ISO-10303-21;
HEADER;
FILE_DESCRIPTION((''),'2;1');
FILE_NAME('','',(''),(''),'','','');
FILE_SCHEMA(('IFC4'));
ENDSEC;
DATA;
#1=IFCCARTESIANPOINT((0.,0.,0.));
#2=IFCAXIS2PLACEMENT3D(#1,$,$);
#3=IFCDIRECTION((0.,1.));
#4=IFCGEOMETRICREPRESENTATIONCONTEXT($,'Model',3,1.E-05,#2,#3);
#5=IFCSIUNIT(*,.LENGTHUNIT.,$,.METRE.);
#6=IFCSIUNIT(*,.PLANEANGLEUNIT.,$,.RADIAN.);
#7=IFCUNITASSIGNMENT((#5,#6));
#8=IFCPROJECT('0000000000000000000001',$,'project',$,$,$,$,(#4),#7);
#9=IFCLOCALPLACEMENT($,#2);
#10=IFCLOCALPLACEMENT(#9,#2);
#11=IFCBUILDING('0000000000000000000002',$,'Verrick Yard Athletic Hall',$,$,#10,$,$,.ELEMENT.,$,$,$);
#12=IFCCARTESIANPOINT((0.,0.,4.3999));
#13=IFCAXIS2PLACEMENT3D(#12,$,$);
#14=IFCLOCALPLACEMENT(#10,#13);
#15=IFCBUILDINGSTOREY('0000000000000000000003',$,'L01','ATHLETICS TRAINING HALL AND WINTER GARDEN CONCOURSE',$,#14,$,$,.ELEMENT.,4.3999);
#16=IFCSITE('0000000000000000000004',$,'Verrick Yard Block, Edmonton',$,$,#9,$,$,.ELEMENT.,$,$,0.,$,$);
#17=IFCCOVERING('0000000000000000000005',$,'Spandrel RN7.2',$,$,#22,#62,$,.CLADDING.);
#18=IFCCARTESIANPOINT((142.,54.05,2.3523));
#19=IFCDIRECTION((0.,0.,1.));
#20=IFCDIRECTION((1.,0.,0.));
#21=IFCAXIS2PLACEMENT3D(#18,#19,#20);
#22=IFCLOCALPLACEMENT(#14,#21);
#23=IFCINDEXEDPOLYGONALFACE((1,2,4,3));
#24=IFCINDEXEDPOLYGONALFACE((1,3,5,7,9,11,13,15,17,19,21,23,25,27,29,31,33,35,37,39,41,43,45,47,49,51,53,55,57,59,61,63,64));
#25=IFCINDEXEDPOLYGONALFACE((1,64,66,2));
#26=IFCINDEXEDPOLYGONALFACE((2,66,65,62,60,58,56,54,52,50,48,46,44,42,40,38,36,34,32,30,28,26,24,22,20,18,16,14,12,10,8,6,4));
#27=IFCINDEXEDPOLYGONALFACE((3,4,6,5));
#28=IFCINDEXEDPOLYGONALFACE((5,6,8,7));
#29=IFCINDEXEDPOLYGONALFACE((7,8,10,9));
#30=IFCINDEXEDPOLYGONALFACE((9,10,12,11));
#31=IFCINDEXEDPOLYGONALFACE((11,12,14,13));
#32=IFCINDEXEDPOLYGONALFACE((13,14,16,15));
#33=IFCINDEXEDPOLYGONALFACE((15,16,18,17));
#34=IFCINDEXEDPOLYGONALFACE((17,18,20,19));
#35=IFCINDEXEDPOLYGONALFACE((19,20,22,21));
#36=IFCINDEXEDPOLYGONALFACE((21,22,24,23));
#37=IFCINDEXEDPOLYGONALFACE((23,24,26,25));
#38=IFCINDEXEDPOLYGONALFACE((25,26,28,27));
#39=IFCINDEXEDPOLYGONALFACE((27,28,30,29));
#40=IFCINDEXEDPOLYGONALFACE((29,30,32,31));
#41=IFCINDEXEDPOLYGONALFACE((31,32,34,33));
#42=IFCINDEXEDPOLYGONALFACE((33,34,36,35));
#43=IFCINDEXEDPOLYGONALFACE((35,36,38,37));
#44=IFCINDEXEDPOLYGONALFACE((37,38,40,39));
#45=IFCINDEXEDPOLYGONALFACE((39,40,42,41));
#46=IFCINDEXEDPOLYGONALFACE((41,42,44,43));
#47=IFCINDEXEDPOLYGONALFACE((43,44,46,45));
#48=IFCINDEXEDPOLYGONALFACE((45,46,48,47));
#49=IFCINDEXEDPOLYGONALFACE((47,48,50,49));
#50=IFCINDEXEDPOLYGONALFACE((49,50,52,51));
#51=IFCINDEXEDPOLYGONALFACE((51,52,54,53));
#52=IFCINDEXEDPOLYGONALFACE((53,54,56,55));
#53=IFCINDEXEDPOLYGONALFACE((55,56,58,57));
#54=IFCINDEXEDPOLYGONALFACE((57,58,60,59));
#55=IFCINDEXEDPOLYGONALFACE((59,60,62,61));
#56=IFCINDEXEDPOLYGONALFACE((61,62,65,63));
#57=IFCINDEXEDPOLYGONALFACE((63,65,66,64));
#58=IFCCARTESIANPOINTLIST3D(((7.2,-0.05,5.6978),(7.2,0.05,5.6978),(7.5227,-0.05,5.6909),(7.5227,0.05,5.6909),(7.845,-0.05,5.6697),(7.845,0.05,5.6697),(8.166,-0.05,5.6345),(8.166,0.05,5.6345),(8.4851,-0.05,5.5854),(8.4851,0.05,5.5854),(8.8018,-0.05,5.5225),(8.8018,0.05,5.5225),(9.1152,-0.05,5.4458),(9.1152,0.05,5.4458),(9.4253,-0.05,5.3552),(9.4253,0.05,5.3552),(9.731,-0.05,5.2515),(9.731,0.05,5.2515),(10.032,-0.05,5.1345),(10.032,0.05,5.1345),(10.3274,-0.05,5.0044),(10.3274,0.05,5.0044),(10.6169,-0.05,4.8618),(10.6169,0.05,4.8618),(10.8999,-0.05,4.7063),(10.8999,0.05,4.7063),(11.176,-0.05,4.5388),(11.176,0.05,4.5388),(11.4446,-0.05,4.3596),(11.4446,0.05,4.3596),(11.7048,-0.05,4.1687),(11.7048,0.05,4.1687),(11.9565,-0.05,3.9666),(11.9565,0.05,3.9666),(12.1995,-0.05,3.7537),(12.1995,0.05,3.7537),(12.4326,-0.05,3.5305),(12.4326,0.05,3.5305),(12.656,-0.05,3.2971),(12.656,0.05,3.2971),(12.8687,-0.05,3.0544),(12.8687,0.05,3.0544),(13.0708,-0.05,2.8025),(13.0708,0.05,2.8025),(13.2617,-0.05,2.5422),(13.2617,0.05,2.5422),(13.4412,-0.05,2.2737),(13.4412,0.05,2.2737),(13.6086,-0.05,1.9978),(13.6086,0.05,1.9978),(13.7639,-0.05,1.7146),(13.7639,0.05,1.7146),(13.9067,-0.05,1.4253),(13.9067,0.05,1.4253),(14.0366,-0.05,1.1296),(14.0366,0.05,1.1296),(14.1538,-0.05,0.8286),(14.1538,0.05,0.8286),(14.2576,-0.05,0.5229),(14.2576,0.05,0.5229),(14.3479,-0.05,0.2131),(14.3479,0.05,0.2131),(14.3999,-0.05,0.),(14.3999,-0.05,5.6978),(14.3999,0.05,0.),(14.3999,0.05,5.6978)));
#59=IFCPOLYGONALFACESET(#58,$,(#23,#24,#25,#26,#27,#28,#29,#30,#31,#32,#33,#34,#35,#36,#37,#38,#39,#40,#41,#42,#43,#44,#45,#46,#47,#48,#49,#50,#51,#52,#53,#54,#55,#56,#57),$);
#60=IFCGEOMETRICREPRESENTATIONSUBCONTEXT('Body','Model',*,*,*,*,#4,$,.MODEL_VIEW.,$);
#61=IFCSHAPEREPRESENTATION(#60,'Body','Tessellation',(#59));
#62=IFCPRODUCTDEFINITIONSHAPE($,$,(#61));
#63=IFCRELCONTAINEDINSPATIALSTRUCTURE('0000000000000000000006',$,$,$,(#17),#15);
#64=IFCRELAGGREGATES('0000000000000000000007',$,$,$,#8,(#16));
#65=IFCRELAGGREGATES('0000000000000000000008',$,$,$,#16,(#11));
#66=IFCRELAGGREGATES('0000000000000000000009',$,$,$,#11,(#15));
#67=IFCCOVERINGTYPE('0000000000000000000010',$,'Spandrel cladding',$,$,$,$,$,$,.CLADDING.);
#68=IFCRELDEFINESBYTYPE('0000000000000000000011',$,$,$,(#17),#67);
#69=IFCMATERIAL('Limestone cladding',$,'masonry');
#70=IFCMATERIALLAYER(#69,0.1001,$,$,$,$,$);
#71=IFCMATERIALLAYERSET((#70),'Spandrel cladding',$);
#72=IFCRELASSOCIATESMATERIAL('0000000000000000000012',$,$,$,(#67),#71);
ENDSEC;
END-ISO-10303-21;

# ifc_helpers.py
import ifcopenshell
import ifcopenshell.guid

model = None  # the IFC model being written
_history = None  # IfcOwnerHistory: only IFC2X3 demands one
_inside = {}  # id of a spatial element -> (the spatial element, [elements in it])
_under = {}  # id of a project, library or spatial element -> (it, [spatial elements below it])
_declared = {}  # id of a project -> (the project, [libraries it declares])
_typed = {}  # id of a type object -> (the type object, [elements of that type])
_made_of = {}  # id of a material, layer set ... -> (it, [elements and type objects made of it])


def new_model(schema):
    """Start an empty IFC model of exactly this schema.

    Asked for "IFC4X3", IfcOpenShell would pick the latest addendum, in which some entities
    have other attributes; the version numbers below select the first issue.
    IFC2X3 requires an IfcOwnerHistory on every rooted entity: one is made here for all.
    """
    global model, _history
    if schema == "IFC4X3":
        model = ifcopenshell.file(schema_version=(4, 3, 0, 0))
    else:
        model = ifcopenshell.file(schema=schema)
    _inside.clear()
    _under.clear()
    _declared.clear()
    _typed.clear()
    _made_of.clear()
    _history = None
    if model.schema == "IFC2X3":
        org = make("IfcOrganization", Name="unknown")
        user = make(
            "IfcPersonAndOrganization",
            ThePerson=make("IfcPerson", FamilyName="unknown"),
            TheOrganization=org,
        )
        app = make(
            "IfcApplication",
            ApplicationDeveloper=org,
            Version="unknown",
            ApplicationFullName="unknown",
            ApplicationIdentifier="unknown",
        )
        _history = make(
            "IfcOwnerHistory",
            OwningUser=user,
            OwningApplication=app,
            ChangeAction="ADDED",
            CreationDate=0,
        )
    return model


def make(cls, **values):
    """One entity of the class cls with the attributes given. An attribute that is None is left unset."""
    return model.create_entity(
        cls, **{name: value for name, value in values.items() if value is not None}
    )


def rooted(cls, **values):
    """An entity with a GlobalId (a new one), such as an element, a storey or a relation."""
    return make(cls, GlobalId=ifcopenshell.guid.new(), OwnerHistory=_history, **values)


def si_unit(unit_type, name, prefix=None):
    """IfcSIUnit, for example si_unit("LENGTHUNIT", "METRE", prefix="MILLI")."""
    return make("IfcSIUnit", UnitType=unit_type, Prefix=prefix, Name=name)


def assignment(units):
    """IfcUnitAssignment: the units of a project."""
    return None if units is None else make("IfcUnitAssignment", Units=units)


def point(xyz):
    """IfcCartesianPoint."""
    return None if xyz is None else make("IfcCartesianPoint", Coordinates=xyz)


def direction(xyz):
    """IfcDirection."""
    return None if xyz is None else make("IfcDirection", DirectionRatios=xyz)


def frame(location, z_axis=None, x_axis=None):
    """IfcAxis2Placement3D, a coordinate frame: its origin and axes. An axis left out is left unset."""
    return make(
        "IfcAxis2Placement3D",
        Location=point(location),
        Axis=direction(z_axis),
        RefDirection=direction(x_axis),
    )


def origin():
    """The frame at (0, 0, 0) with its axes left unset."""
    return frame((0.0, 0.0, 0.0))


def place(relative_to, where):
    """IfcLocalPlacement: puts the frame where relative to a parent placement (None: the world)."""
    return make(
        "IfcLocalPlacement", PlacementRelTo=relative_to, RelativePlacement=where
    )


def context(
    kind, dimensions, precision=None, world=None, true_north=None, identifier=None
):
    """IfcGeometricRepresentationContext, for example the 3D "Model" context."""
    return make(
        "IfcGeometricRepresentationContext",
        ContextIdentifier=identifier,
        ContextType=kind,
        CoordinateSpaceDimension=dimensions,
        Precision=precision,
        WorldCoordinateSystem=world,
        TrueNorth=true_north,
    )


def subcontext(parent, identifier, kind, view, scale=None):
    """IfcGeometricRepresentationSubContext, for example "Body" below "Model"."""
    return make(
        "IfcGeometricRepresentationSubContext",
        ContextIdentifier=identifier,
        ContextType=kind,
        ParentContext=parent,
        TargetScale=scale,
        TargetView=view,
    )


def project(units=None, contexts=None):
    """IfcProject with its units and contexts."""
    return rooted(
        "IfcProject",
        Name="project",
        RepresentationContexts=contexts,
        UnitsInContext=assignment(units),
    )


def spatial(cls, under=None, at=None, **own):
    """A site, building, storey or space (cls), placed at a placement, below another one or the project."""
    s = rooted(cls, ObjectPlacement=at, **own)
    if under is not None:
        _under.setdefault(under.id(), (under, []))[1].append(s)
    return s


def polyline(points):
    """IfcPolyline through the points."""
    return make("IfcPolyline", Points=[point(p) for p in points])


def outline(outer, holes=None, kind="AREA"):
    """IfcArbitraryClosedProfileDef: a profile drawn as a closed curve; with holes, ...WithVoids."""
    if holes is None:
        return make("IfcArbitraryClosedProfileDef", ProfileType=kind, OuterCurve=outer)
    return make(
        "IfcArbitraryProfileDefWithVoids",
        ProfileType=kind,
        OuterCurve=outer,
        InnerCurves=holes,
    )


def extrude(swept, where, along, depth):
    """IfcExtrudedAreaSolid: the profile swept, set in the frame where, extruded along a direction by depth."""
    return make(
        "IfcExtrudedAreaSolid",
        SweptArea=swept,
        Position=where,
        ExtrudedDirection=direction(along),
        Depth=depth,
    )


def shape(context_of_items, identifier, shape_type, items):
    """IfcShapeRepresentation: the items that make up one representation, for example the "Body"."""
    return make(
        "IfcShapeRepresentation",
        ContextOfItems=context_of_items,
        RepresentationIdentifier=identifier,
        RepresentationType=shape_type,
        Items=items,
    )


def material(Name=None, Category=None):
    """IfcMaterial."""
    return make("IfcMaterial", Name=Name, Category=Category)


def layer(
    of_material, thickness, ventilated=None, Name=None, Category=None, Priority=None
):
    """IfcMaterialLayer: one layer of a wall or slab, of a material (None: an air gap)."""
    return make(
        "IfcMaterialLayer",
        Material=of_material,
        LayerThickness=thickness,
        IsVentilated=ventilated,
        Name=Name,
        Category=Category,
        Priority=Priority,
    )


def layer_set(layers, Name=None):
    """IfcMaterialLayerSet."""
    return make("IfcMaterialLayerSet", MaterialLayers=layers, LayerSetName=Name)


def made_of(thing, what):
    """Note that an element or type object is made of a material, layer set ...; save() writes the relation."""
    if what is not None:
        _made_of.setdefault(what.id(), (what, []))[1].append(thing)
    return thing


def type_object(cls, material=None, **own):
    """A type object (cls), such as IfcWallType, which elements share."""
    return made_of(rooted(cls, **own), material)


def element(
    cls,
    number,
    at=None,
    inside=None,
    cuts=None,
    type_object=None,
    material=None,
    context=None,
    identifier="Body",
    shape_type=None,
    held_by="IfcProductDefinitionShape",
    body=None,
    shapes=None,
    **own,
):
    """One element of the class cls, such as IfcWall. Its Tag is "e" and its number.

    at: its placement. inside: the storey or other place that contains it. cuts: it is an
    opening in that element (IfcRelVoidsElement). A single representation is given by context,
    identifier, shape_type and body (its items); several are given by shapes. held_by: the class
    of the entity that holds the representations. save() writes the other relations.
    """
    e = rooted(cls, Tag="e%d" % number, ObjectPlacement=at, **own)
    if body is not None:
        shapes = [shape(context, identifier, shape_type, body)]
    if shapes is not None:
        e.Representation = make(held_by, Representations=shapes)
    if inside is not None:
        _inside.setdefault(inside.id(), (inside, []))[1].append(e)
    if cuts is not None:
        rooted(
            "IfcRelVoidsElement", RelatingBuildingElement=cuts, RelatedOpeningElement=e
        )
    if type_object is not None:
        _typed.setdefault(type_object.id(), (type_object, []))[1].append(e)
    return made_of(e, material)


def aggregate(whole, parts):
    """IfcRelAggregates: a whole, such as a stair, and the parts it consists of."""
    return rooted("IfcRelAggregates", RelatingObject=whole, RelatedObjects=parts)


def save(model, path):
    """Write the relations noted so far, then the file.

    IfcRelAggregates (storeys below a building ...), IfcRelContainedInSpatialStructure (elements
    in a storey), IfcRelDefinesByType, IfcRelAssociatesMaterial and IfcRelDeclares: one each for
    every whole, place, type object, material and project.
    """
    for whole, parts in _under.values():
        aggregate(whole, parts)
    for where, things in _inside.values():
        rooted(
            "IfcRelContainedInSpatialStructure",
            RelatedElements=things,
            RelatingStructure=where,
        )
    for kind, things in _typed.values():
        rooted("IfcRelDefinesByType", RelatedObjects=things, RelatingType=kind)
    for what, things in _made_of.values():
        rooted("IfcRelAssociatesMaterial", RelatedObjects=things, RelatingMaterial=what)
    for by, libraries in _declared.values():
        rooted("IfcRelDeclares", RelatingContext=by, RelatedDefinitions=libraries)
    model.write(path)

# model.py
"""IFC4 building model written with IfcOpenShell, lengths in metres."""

from ifc_helpers import new_model, si_unit, direction, frame, origin, place, context, subcontext, project, spatial, polyline, outline, extrude, material, layer, layer_set, type_object, element, save


model = new_model("IFC4")

# Units and contexts
model_context = context("Model", 3, precision=1e-05, world=origin(), true_north=direction((0.0, 1.0)))
body_context = subcontext(model_context, "Body", "Model", "MODEL_VIEW")
ifc_project = project(units=[si_unit("LENGTHUNIT", "METRE"), si_unit("PLANEANGLEUNIT", "RADIAN")], contexts=[model_context])

# Site, building, storey
site_placement = place(None, origin())
site = spatial("IfcSite", under=ifc_project, at=site_placement, Name="Verrick Yard Block, Edmonton", CompositionType="ELEMENT", RefElevation=0.0)
building_placement = place(site_placement, origin())
building = spatial("IfcBuilding", under=site, at=building_placement, Name="Verrick Yard Athletic Hall", CompositionType="ELEMENT")
storey_placement = place(building_placement, frame((0.0, 0.0, 4.3999)))
storey = spatial("IfcBuildingStorey", under=building, at=storey_placement, Name="L01", Description="ATHLETICS TRAINING HALL AND WINTER GARDEN CONCOURSE", CompositionType="ELEMENT", Elevation=4.3999)

# Shared definitions
ifc_material_1 = material(Name="Limestone cladding", Category="masonry")

# Covering
ifc_layer_1 = layer(ifc_material_1, 0.1001)
ifc_layer_set_1 = layer_set([ifc_layer_1], Name="Spandrel cladding")
covering_type_1 = type_object("IfcCoveringType", Name="Spandrel cladding", PredefinedType="CLADDING", material=ifc_layer_set_1)
covering_1_placement = place(storey_placement, frame((142.0, 54.05, 2.3523), z_axis=(0.0, 0.0, 1.0), x_axis=(1.0, 0.0, 0.0)))
element("IfcCovering", 1, at=covering_1_placement, inside=storey, type_object=covering_type_1, Name="Spandrel RN7.2", PredefinedType="CLADDING", context=body_context, shape_type="SweptSolid", body=[
    extrude(outline(polyline([(7.2, 5.6978), (7.5227, 5.6909), (7.845, 5.6697), (8.166, 5.6345), (8.4851, 5.5854), (8.8018, 5.5225), (9.1152, 5.4458), (9.4253, 5.3552), (9.731, 5.2515), (10.032, 5.1345), (10.3274, 5.0044), (10.6169, 4.8618), (10.8999, 4.7063), (11.176, 4.5388), (11.4446, 4.3596), (11.7048, 4.1687), (11.9565, 3.9666), (12.1995, 3.7537), (12.4326, 3.5305), (12.656, 3.2971), (12.8687, 3.0544), (13.0708, 2.8025), (13.2617, 2.5422), (13.4412, 2.2737), (13.6086, 1.9978), (13.7639, 1.7146), (13.9067, 1.4253), (14.0366, 1.1296), (14.1538, 0.8286), (14.2576, 0.5229), (14.3479, 0.2131), (14.3999, 0.0), (14.3999, 5.6978), (7.2, 5.6978)])), frame((0.0, 0.05, 0.0), z_axis=(0.0, -1.0, 0.0), x_axis=(1.0, 0.0, 0.0)), (0.0, 0.0, 1.0), 0.1001),
])

save(model, "model.ifc")
